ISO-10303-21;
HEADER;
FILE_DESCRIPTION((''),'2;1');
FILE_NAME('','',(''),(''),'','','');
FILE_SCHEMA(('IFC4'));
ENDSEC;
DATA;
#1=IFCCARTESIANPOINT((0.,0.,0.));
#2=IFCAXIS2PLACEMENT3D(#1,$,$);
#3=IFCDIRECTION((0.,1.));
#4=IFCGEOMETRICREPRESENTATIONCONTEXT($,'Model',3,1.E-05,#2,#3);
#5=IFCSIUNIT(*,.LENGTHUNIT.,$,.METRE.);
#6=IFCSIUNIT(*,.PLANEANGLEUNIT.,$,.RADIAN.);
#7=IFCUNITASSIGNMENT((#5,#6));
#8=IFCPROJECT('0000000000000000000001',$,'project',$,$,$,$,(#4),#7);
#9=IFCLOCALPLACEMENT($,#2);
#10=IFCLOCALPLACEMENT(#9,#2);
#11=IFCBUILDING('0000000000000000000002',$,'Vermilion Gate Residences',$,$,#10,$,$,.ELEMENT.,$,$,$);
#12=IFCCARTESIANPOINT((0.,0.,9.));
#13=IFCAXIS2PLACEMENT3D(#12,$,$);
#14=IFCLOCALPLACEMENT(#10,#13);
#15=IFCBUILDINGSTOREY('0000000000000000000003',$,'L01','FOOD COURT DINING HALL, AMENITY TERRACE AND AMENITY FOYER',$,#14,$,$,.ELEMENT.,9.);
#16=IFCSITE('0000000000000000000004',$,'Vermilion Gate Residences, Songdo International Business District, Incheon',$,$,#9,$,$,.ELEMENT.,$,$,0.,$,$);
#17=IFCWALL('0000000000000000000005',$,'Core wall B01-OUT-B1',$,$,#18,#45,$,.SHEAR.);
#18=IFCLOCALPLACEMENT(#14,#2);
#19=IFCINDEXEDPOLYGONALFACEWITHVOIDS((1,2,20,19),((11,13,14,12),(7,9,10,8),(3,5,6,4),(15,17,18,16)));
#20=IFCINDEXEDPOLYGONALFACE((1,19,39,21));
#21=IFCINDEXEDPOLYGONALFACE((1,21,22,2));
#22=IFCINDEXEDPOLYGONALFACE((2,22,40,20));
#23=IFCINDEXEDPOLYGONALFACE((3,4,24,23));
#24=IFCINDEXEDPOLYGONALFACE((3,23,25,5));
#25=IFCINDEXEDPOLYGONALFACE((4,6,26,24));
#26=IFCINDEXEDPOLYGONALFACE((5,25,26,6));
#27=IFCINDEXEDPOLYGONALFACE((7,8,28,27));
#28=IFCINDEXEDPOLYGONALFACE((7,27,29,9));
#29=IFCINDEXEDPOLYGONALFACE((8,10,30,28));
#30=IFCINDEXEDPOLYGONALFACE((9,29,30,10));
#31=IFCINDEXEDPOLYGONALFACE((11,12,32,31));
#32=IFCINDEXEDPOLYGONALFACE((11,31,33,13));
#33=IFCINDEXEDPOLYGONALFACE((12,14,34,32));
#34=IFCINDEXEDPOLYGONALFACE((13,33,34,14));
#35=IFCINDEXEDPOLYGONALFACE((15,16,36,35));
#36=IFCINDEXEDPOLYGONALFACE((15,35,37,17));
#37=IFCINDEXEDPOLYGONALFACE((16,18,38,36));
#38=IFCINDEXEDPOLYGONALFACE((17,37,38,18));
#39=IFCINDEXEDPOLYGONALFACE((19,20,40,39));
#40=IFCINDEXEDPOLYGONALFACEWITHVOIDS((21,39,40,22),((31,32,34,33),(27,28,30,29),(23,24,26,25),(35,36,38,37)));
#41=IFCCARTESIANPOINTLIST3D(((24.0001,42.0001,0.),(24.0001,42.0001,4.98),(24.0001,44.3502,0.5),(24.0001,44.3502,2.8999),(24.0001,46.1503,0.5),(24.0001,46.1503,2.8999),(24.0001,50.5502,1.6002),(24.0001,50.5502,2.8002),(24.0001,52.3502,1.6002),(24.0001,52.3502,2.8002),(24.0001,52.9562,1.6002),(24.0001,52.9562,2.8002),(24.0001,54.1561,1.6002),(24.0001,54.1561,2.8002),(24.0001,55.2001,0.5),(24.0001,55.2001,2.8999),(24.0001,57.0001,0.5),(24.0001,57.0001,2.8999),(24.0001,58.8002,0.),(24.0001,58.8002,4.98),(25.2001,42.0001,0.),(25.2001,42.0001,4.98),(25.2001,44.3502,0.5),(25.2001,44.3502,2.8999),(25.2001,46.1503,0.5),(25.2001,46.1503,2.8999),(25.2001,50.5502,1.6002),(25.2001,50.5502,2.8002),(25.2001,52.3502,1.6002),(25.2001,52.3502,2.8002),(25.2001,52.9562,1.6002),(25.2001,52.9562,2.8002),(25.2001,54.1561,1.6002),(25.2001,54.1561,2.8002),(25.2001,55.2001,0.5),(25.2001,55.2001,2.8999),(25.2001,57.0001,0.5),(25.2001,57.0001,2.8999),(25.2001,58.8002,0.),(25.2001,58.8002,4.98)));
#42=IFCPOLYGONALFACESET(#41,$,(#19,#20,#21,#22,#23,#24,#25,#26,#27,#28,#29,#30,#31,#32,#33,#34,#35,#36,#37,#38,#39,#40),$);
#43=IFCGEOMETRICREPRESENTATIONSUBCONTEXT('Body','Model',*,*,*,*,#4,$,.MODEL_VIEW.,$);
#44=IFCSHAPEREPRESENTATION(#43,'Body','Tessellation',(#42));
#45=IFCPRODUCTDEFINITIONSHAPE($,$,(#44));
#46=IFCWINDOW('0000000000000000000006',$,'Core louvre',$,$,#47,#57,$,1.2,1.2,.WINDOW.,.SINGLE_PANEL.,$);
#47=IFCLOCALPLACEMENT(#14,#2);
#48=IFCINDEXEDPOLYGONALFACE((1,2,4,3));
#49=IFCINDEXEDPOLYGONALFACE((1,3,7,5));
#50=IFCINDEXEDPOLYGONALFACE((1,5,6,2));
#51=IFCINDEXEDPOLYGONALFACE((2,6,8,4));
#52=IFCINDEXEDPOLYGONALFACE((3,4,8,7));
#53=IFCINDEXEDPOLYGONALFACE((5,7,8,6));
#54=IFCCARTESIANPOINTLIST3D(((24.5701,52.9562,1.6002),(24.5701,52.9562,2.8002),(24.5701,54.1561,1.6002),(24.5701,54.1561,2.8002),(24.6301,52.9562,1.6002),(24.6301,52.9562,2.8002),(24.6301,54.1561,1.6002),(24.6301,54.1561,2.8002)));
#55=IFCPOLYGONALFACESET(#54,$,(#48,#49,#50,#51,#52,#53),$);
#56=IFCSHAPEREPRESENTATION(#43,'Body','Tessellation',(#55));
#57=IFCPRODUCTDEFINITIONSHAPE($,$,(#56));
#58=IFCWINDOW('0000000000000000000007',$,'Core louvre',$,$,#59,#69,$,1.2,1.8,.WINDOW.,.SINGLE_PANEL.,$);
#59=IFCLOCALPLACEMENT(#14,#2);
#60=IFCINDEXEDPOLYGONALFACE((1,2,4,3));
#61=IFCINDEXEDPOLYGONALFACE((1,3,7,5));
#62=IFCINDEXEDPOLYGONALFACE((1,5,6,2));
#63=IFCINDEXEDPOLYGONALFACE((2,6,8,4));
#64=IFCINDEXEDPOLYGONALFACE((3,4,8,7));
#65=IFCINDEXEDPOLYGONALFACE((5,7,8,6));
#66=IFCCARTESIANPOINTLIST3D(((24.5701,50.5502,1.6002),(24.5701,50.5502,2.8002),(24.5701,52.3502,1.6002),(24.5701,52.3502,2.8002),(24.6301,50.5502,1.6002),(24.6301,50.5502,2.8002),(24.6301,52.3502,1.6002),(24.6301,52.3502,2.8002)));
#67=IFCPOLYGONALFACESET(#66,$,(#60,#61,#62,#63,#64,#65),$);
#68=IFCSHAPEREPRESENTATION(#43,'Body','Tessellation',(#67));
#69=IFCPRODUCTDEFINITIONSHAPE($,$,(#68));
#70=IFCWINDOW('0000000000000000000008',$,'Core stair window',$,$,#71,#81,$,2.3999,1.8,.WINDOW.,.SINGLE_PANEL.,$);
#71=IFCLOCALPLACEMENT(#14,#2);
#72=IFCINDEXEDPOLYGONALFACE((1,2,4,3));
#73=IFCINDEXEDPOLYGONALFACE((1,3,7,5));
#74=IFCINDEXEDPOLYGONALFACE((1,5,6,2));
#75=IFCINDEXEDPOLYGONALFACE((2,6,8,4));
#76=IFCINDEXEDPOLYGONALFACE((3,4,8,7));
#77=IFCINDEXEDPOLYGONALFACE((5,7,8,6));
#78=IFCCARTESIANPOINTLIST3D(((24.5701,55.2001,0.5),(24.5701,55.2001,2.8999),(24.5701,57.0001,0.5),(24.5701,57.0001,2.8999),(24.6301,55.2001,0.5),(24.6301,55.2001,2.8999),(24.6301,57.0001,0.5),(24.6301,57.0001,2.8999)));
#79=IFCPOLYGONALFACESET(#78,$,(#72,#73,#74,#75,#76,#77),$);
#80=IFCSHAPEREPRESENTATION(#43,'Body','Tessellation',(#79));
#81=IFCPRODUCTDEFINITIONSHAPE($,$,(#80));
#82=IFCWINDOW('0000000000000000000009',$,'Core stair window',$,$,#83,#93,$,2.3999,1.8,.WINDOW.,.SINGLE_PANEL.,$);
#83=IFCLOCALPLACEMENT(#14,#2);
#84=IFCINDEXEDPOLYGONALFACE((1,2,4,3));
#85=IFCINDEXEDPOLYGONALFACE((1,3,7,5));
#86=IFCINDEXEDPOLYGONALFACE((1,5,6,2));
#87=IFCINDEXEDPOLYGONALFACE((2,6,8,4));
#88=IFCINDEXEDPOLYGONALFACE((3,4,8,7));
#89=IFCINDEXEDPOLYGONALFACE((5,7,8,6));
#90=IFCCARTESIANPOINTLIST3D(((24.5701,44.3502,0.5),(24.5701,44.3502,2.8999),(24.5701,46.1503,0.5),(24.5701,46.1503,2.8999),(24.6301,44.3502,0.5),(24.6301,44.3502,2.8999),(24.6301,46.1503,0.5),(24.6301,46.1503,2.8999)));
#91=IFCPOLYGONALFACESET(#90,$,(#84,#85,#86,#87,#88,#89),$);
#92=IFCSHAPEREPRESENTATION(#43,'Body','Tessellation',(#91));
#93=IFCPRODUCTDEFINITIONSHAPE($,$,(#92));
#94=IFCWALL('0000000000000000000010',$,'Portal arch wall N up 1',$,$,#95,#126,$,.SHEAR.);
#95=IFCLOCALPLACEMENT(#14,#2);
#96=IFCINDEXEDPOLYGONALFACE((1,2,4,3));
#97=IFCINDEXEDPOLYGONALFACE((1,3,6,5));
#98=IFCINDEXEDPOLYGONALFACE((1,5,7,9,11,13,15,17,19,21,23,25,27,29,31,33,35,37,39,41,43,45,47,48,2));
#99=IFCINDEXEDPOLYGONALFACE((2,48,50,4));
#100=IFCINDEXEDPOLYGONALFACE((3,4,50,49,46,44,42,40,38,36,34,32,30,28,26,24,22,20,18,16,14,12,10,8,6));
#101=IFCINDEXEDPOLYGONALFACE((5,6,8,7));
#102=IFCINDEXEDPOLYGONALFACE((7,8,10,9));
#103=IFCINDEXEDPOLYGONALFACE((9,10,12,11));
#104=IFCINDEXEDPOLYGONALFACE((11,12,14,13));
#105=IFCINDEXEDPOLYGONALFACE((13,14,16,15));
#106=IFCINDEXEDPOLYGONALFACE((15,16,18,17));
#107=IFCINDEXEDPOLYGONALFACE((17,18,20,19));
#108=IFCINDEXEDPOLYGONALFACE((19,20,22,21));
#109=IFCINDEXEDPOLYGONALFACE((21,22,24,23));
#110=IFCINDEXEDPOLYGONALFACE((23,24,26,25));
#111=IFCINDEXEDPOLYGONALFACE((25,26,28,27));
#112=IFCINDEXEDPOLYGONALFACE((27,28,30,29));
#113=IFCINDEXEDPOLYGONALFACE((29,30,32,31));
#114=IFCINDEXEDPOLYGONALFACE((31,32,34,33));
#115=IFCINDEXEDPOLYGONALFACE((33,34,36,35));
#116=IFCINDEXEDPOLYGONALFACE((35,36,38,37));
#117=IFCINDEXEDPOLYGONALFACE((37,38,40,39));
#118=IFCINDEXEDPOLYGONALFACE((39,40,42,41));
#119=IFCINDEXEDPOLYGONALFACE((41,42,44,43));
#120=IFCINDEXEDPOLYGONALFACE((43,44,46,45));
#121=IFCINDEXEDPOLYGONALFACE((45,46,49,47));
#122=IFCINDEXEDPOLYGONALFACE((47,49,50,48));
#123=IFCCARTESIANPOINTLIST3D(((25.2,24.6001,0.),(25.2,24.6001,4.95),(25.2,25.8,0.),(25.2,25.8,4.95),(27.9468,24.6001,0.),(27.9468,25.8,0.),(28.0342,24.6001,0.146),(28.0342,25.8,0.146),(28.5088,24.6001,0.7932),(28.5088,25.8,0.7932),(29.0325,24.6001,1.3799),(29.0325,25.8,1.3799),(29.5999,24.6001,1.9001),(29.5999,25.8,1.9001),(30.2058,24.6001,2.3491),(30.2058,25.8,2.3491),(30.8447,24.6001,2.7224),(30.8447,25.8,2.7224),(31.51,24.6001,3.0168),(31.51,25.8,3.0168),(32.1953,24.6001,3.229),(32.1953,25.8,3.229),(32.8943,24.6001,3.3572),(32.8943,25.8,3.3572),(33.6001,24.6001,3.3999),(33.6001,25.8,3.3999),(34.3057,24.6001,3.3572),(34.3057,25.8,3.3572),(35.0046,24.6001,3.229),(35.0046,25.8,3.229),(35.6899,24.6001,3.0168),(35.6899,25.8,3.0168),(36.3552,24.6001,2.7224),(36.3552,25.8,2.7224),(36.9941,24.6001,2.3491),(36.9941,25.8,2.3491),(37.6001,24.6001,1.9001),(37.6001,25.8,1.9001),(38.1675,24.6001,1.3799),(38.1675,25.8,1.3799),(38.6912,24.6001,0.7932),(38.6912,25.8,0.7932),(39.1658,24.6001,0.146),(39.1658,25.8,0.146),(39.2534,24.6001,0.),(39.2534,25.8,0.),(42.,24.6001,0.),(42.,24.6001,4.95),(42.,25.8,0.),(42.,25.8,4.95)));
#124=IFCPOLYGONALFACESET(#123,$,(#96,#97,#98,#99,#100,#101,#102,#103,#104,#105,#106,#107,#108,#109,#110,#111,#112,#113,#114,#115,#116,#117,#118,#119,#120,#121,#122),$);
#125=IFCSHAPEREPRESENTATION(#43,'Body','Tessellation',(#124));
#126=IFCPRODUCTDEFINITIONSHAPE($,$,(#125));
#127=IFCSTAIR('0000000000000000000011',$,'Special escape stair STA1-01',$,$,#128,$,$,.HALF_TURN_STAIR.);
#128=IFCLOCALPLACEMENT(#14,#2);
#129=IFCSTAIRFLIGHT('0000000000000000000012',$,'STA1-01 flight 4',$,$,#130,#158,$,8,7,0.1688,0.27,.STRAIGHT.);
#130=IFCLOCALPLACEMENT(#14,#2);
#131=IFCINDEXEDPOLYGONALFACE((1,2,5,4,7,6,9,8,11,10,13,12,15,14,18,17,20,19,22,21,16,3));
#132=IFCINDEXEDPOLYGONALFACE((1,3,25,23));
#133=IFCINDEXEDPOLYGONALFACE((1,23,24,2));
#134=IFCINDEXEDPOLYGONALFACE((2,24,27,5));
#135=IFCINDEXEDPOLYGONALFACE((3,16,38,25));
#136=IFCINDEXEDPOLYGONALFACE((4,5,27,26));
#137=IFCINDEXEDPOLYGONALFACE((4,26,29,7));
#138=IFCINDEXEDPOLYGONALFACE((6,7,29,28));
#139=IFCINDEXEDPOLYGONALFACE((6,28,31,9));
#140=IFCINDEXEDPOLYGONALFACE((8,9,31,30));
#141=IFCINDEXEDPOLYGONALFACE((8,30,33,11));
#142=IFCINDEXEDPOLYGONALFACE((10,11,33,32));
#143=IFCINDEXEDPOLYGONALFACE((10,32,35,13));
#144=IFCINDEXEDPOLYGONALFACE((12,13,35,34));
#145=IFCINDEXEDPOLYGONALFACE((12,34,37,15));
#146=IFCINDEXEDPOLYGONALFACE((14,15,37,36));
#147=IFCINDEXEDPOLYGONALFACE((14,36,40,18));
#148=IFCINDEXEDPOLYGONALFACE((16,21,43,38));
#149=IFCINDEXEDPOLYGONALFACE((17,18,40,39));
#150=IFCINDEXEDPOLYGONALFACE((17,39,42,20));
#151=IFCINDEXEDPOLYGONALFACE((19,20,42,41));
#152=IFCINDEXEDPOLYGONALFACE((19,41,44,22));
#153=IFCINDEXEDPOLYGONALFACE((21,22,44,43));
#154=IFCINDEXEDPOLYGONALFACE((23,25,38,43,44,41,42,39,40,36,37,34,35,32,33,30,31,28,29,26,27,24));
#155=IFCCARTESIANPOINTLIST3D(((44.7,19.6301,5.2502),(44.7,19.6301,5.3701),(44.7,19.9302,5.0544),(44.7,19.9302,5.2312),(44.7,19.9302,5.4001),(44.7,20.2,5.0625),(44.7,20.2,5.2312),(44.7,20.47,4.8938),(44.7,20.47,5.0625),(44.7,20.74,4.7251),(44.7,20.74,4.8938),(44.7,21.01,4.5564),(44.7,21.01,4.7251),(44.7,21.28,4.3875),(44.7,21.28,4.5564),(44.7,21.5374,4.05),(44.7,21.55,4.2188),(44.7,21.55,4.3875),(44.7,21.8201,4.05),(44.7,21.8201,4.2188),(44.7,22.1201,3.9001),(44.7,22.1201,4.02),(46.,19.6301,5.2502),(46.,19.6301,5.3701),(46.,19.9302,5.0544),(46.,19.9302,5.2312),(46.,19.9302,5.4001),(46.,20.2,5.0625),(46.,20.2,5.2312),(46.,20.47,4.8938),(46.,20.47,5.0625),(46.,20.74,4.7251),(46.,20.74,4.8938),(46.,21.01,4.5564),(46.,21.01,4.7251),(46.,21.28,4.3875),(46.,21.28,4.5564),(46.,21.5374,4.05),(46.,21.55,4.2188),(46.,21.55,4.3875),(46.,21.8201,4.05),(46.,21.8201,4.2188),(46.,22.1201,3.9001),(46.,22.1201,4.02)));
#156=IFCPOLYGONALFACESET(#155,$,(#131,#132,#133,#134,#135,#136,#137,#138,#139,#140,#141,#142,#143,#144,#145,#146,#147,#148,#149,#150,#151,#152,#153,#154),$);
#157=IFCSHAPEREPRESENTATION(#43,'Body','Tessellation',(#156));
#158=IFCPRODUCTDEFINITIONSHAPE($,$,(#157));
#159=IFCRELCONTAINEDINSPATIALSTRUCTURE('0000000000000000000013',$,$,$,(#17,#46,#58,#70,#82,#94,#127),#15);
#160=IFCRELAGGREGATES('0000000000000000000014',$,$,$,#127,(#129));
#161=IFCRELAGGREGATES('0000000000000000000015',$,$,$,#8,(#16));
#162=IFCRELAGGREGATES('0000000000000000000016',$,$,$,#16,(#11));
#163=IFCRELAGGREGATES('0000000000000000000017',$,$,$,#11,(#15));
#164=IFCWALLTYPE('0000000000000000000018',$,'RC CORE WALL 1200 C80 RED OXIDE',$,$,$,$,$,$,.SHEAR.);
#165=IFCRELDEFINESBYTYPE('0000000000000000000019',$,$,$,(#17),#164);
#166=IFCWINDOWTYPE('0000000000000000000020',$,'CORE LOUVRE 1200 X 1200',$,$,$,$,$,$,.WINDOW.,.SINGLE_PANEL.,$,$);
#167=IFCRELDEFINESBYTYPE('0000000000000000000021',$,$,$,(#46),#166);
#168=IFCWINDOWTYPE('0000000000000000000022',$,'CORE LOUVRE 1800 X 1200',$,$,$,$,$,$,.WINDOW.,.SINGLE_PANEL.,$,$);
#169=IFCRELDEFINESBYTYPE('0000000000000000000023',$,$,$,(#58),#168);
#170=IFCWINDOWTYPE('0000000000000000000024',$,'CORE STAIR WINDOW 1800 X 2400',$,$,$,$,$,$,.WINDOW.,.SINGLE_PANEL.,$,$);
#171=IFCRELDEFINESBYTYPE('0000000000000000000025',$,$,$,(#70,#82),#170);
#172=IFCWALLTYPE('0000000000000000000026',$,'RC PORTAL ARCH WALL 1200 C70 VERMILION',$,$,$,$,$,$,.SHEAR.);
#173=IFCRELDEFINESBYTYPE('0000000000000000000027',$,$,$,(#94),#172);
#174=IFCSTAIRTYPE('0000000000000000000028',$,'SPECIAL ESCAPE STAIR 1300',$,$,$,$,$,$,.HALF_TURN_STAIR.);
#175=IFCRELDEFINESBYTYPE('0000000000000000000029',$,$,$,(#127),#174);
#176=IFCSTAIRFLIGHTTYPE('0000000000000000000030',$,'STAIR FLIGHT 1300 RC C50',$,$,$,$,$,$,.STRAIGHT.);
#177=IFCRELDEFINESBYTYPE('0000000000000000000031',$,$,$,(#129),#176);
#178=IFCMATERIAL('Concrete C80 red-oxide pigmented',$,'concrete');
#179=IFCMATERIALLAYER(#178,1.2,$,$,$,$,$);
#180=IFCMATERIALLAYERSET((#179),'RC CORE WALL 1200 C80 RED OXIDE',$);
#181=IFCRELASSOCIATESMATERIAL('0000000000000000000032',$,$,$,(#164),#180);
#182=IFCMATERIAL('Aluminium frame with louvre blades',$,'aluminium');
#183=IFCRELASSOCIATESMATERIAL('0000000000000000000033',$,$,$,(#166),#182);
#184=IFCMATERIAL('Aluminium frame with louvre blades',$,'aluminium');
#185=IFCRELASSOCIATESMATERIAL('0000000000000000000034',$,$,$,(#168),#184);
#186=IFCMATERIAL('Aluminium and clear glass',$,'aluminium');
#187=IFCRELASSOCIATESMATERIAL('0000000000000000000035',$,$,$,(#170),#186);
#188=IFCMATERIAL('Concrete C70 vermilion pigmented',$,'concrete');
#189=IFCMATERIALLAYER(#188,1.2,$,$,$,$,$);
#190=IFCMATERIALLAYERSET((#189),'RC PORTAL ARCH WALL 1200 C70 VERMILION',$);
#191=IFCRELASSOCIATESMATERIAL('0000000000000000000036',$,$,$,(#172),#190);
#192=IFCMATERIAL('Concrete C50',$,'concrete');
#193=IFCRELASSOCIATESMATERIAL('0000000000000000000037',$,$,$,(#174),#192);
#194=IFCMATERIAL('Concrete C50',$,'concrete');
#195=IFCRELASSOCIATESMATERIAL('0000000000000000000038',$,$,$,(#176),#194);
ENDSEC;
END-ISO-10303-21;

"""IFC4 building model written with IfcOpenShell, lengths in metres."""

from ifc_helpers import new_model, si_unit, direction, frame, frame_2d, origin, place, context, subcontext, project, spatial, polyline, rectangle, outline, extrude, material, layer, layer_set, type_object, element, fill, aggregate, save


model = new_model("IFC4")

# Units and contexts
model_context = context("Model", 3, precision=1e-05, world=origin(), true_north=direction((0.0, 1.0)))
body_context = subcontext(model_context, "Body", "Model", "MODEL_VIEW")
ifc_project = project(units=[si_unit("LENGTHUNIT", "METRE"), si_unit("PLANEANGLEUNIT", "RADIAN")], contexts=[model_context])

# Site, building, storey
site_placement = place(None, origin())
site = spatial("IfcSite", under=ifc_project, at=site_placement, Name="Vermilion Gate Residences, Songdo International Business District, Incheon", CompositionType="ELEMENT", RefElevation=0.0)
building_placement = place(site_placement, origin())
building = spatial("IfcBuilding", under=site, at=building_placement, Name="Vermilion Gate Residences", CompositionType="ELEMENT")
storey_placement = place(building_placement, frame((0.0, 0.0, 9.0)))
storey = spatial("IfcBuildingStorey", under=building, at=storey_placement, Name="L01", Description="FOOD COURT DINING HALL, AMENITY TERRACE AND AMENITY FOYER", CompositionType="ELEMENT", Elevation=9.0)

# Wall, openings, windows
ifc_material_1 = material(Name="Concrete C80 red-oxide pigmented", Category="concrete")
ifc_layer_1 = layer(ifc_material_1, 1.2)
ifc_layer_set_1 = layer_set([ifc_layer_1], Name="RC CORE WALL 1200 C80 RED OXIDE")
wall_type_1 = type_object("IfcWallType", Name="RC CORE WALL 1200 C80 RED OXIDE", PredefinedType="SHEAR", material=ifc_layer_set_1)
ifc_material_2 = material(Name="Aluminium frame with louvre blades", Category="aluminium")
window_type_1 = type_object("IfcWindowType", Name="CORE LOUVRE 1200 X 1200", PartitioningType="SINGLE_PANEL", PredefinedType="WINDOW", material=ifc_material_2)
ifc_material_3 = material(Name="Aluminium frame with louvre blades", Category="aluminium")
window_type_2 = type_object("IfcWindowType", Name="CORE LOUVRE 1800 X 1200", PartitioningType="SINGLE_PANEL", PredefinedType="WINDOW", material=ifc_material_3)
ifc_material_4 = material(Name="Aluminium and clear glass", Category="aluminium")
window_type_3 = type_object("IfcWindowType", Name="CORE STAIR WINDOW 1800 X 2400", PartitioningType="SINGLE_PANEL", PredefinedType="WINDOW", material=ifc_material_4)
wall_1_placement = place(storey_placement, frame((24.6001, 58.8, 0.0), z_axis=(0.0, 0.0, 1.0), x_axis=(0.0, -1.0, 0.0)))
wall_1 = element("IfcWall", 1, at=wall_1_placement, inside=storey, type_object=wall_type_1, Name="Core wall B01-OUT-B1", PredefinedType="SHEAR", context=body_context, shape_type="SweptSolid", body=[
    extrude(rectangle(XDim=16.8, YDim=1.2, at=frame_2d((8.3999, 0.0))), origin(), (0.0, 0.0, 1.0), 4.98),
])
opening_1_placement = place(wall_1_placement, frame((1.8, 0.0, 0.5)))
opening_1 = element("IfcOpeningElement", 2, at=opening_1_placement, cuts=wall_1, PredefinedType="OPENING", context=body_context, shape_type="SweptSolid", body=[
    extrude(rectangle(XDim=1.8, YDim=2.3999, at=frame_2d((0.8999, 1.2))), frame((0.0, 0.6099, 0.0), z_axis=(0.0, -1.0, 0.0), x_axis=(1.0, 0.0, 0.0)), (0.0, 0.0, 1.0), 1.22),
])
opening_2_placement = place(wall_1_placement, frame((4.6438, 0.0, 1.6001)))
opening_2 = element("IfcOpeningElement", 3, at=opening_2_placement, cuts=wall_1, PredefinedType="OPENING", context=body_context, shape_type="SweptSolid", body=[
    extrude(rectangle(XDim=1.2, YDim=1.2, at=frame_2d((0.6001, 0.6001))), frame((0.0, 0.6099, 0.0), z_axis=(0.0, -1.0, 0.0), x_axis=(1.0, 0.0, 0.0)), (0.0, 0.0, 1.0), 1.22),
])
opening_3_placement = place(wall_1_placement, frame((6.45, 0.0, 1.6001)))
opening_3 = element("IfcOpeningElement", 4, at=opening_3_placement, cuts=wall_1, PredefinedType="OPENING", context=body_context, shape_type="SweptSolid", body=[
    extrude(rectangle(XDim=1.8, YDim=1.2, at=frame_2d((0.8999, 0.6001))), frame((0.0, 0.6099, 0.0), z_axis=(0.0, -1.0, 0.0), x_axis=(1.0, 0.0, 0.0)), (0.0, 0.0, 1.0), 1.22),
])
opening_4_placement = place(wall_1_placement, frame((12.6499, 0.0, 0.5)))
opening_4 = element("IfcOpeningElement", 5, at=opening_4_placement, cuts=wall_1, PredefinedType="OPENING", context=body_context, shape_type="SweptSolid", body=[
    extrude(rectangle(XDim=1.8, YDim=2.3999, at=frame_2d((0.8999, 1.2))), frame((0.0, 0.6099, 0.0), z_axis=(0.0, -1.0, 0.0), x_axis=(1.0, 0.0, 0.0)), (0.0, 0.0, 1.0), 1.22),
])
window_1_placement = place(opening_2_placement, origin())
window_1 = element("IfcWindow", 6, at=window_1_placement, inside=storey, type_object=window_type_1, Name="Core louvre", OverallHeight=1.2, OverallWidth=1.2, PartitioningType="SINGLE_PANEL", PredefinedType="WINDOW", context=body_context, shape_type="SweptSolid", body=[
    extrude(rectangle(XDim=1.2, YDim=1.2, at=frame_2d((0.6001, 0.6001))), frame((0.0, 0.03, 0.0), z_axis=(0.0, -1.0, 0.0), x_axis=(1.0, 0.0, 0.0)), (0.0, 0.0, 1.0), 0.0601),
])
fill(opening_2, window_1)
window_2_placement = place(opening_3_placement, origin())
window_2 = element("IfcWindow", 7, at=window_2_placement, inside=storey, type_object=window_type_2, Name="Core louvre", OverallHeight=1.2, OverallWidth=1.8, PartitioningType="SINGLE_PANEL", PredefinedType="WINDOW", context=body_context, shape_type="SweptSolid", body=[
    extrude(rectangle(XDim=1.8, YDim=1.2, at=frame_2d((0.8999, 0.6001))), frame((0.0, 0.03, 0.0), z_axis=(0.0, -1.0, 0.0), x_axis=(1.0, 0.0, 0.0)), (0.0, 0.0, 1.0), 0.0601),
])
fill(opening_3, window_2)
window_3_placement = place(opening_1_placement, origin())
window_3 = element("IfcWindow", 8, at=window_3_placement, inside=storey, type_object=window_type_3, Name="Core stair window", OverallHeight=2.3999, OverallWidth=1.8, PartitioningType="SINGLE_PANEL", PredefinedType="WINDOW", context=body_context, shape_type="SweptSolid", body=[
    extrude(rectangle(XDim=1.8, YDim=2.3999, at=frame_2d((0.8999, 1.2))), frame((0.0, 0.03, 0.0), z_axis=(0.0, -1.0, 0.0), x_axis=(1.0, 0.0, 0.0)), (0.0, 0.0, 1.0), 0.0601),
])
fill(opening_1, window_3)
window_4_placement = place(opening_4_placement, origin())
window_4 = element("IfcWindow", 9, at=window_4_placement, inside=storey, type_object=window_type_3, Name="Core stair window", OverallHeight=2.3999, OverallWidth=1.8, PartitioningType="SINGLE_PANEL", PredefinedType="WINDOW", context=body_context, shape_type="SweptSolid", body=[
    extrude(rectangle(XDim=1.8, YDim=2.3999, at=frame_2d((0.8999, 1.2))), frame((0.0, 0.03, 0.0), z_axis=(0.0, -1.0, 0.0), x_axis=(1.0, 0.0, 0.0)), (0.0, 0.0, 1.0), 0.0601),
])
fill(opening_4, window_4)

# Wall
ifc_material_5 = material(Name="Concrete C70 vermilion pigmented", Category="concrete")
ifc_layer_2 = layer(ifc_material_5, 1.2)
ifc_layer_set_2 = layer_set([ifc_layer_2], Name="RC PORTAL ARCH WALL 1200 C70 VERMILION")
wall_type_2 = type_object("IfcWallType", Name="RC PORTAL ARCH WALL 1200 C70 VERMILION", PredefinedType="SHEAR", material=ifc_layer_set_2)
wall_2_placement = place(storey_placement, frame((25.2, 25.8, 4.95), z_axis=(0.0, 1.0, 0.0), x_axis=(1.0, 0.0, 0.0)))
element("IfcWall", 10, at=wall_2_placement, inside=storey, type_object=wall_type_2, Name="Portal arch wall N up 1", PredefinedType="SHEAR", context=body_context, shape_type="SweptSolid", body=[
    extrude(outline(polyline([(0.0, 0.0), (16.8, 0.0), (16.8, 4.95), (14.0535, 4.95), (13.9658, 4.804), (13.4912, 4.1567), (12.9675, 3.5701), (12.4001, 3.0498), (11.7942, 2.6008), (11.1553, 2.2275), (10.49, 1.9331), (9.8047, 1.7209), (9.1057, 1.5928), (8.4001, 1.55), (7.6943, 1.5928), (6.9954, 1.7209), (6.3101, 1.9331), (5.6448, 2.2275), (5.0059, 2.6008), (4.3999, 3.0498), (3.8325, 3.5701), (3.3088, 4.1567), (2.8342, 4.804), (2.7468, 4.95), (0.0, 4.95), (0.0, 0.0)])), origin(), (0.0, 0.0, -1.0), 1.2),
])

# Stair, stair flight
ifc_material_6 = material(Name="Concrete C50", Category="concrete")
stair_type = type_object("IfcStairType", Name="SPECIAL ESCAPE STAIR 1300", PredefinedType="HALF_TURN_STAIR", material=ifc_material_6)
stair_placement = place(storey_placement, origin())
stair = element("IfcStair", 11, at=stair_placement, inside=storey, type_object=stair_type, Name="Special escape stair STA1-01", PredefinedType="HALF_TURN_STAIR")
ifc_material_7 = material(Name="Concrete C50", Category="concrete")
stair_flight_type = type_object("IfcStairFlightType", Name="STAIR FLIGHT 1300 RC C50", PredefinedType="STRAIGHT", material=ifc_material_7)
stair_flight_placement = place(storey_placement, frame((45.3501, 21.8201, 4.05), z_axis=(0.0, 0.0, 1.0), x_axis=(0.0, -1.0, 0.0)))
stair_flight = element("IfcStairFlight", 12, at=stair_flight_placement, type_object=stair_flight_type, Name="STA1-01 flight 4", NumberOfRisers=8, NumberOfTreads=7, PredefinedType="STRAIGHT", RiserHeight=0.1688, TreadLength=0.27, context=body_context, shape_type="SweptSolid", body=[
    extrude(outline(polyline([(-0.3, -0.1499), (-0.3, -0.03), (0.0, 0.0), (0.0, 0.1687), (0.27, 0.1687), (0.27, 0.3374), (0.54, 0.3374), (0.54, 0.5063), (0.8101, 0.5063), (0.8101, 0.675), (1.0801, 0.675), (1.0801, 0.8438), (1.3501, 0.8438), (1.3501, 1.0125), (1.6201, 1.0125), (1.6201, 1.1812), (1.8899, 1.1812), (1.8899, 1.3501), (2.1899, 1.3201), (2.1899, 1.2002), (1.8899, 1.0044), (0.2827, 0.0), (-0.3, -0.1499)])), frame((0.0, 0.6499, 0.0), z_axis=(0.0, -1.0, 0.0), x_axis=(1.0, 0.0, 0.0)), (0.0, 0.0, 1.0), 1.3),
])
aggregate(stair, [stair_flight])

save(model, "model.ifc")
